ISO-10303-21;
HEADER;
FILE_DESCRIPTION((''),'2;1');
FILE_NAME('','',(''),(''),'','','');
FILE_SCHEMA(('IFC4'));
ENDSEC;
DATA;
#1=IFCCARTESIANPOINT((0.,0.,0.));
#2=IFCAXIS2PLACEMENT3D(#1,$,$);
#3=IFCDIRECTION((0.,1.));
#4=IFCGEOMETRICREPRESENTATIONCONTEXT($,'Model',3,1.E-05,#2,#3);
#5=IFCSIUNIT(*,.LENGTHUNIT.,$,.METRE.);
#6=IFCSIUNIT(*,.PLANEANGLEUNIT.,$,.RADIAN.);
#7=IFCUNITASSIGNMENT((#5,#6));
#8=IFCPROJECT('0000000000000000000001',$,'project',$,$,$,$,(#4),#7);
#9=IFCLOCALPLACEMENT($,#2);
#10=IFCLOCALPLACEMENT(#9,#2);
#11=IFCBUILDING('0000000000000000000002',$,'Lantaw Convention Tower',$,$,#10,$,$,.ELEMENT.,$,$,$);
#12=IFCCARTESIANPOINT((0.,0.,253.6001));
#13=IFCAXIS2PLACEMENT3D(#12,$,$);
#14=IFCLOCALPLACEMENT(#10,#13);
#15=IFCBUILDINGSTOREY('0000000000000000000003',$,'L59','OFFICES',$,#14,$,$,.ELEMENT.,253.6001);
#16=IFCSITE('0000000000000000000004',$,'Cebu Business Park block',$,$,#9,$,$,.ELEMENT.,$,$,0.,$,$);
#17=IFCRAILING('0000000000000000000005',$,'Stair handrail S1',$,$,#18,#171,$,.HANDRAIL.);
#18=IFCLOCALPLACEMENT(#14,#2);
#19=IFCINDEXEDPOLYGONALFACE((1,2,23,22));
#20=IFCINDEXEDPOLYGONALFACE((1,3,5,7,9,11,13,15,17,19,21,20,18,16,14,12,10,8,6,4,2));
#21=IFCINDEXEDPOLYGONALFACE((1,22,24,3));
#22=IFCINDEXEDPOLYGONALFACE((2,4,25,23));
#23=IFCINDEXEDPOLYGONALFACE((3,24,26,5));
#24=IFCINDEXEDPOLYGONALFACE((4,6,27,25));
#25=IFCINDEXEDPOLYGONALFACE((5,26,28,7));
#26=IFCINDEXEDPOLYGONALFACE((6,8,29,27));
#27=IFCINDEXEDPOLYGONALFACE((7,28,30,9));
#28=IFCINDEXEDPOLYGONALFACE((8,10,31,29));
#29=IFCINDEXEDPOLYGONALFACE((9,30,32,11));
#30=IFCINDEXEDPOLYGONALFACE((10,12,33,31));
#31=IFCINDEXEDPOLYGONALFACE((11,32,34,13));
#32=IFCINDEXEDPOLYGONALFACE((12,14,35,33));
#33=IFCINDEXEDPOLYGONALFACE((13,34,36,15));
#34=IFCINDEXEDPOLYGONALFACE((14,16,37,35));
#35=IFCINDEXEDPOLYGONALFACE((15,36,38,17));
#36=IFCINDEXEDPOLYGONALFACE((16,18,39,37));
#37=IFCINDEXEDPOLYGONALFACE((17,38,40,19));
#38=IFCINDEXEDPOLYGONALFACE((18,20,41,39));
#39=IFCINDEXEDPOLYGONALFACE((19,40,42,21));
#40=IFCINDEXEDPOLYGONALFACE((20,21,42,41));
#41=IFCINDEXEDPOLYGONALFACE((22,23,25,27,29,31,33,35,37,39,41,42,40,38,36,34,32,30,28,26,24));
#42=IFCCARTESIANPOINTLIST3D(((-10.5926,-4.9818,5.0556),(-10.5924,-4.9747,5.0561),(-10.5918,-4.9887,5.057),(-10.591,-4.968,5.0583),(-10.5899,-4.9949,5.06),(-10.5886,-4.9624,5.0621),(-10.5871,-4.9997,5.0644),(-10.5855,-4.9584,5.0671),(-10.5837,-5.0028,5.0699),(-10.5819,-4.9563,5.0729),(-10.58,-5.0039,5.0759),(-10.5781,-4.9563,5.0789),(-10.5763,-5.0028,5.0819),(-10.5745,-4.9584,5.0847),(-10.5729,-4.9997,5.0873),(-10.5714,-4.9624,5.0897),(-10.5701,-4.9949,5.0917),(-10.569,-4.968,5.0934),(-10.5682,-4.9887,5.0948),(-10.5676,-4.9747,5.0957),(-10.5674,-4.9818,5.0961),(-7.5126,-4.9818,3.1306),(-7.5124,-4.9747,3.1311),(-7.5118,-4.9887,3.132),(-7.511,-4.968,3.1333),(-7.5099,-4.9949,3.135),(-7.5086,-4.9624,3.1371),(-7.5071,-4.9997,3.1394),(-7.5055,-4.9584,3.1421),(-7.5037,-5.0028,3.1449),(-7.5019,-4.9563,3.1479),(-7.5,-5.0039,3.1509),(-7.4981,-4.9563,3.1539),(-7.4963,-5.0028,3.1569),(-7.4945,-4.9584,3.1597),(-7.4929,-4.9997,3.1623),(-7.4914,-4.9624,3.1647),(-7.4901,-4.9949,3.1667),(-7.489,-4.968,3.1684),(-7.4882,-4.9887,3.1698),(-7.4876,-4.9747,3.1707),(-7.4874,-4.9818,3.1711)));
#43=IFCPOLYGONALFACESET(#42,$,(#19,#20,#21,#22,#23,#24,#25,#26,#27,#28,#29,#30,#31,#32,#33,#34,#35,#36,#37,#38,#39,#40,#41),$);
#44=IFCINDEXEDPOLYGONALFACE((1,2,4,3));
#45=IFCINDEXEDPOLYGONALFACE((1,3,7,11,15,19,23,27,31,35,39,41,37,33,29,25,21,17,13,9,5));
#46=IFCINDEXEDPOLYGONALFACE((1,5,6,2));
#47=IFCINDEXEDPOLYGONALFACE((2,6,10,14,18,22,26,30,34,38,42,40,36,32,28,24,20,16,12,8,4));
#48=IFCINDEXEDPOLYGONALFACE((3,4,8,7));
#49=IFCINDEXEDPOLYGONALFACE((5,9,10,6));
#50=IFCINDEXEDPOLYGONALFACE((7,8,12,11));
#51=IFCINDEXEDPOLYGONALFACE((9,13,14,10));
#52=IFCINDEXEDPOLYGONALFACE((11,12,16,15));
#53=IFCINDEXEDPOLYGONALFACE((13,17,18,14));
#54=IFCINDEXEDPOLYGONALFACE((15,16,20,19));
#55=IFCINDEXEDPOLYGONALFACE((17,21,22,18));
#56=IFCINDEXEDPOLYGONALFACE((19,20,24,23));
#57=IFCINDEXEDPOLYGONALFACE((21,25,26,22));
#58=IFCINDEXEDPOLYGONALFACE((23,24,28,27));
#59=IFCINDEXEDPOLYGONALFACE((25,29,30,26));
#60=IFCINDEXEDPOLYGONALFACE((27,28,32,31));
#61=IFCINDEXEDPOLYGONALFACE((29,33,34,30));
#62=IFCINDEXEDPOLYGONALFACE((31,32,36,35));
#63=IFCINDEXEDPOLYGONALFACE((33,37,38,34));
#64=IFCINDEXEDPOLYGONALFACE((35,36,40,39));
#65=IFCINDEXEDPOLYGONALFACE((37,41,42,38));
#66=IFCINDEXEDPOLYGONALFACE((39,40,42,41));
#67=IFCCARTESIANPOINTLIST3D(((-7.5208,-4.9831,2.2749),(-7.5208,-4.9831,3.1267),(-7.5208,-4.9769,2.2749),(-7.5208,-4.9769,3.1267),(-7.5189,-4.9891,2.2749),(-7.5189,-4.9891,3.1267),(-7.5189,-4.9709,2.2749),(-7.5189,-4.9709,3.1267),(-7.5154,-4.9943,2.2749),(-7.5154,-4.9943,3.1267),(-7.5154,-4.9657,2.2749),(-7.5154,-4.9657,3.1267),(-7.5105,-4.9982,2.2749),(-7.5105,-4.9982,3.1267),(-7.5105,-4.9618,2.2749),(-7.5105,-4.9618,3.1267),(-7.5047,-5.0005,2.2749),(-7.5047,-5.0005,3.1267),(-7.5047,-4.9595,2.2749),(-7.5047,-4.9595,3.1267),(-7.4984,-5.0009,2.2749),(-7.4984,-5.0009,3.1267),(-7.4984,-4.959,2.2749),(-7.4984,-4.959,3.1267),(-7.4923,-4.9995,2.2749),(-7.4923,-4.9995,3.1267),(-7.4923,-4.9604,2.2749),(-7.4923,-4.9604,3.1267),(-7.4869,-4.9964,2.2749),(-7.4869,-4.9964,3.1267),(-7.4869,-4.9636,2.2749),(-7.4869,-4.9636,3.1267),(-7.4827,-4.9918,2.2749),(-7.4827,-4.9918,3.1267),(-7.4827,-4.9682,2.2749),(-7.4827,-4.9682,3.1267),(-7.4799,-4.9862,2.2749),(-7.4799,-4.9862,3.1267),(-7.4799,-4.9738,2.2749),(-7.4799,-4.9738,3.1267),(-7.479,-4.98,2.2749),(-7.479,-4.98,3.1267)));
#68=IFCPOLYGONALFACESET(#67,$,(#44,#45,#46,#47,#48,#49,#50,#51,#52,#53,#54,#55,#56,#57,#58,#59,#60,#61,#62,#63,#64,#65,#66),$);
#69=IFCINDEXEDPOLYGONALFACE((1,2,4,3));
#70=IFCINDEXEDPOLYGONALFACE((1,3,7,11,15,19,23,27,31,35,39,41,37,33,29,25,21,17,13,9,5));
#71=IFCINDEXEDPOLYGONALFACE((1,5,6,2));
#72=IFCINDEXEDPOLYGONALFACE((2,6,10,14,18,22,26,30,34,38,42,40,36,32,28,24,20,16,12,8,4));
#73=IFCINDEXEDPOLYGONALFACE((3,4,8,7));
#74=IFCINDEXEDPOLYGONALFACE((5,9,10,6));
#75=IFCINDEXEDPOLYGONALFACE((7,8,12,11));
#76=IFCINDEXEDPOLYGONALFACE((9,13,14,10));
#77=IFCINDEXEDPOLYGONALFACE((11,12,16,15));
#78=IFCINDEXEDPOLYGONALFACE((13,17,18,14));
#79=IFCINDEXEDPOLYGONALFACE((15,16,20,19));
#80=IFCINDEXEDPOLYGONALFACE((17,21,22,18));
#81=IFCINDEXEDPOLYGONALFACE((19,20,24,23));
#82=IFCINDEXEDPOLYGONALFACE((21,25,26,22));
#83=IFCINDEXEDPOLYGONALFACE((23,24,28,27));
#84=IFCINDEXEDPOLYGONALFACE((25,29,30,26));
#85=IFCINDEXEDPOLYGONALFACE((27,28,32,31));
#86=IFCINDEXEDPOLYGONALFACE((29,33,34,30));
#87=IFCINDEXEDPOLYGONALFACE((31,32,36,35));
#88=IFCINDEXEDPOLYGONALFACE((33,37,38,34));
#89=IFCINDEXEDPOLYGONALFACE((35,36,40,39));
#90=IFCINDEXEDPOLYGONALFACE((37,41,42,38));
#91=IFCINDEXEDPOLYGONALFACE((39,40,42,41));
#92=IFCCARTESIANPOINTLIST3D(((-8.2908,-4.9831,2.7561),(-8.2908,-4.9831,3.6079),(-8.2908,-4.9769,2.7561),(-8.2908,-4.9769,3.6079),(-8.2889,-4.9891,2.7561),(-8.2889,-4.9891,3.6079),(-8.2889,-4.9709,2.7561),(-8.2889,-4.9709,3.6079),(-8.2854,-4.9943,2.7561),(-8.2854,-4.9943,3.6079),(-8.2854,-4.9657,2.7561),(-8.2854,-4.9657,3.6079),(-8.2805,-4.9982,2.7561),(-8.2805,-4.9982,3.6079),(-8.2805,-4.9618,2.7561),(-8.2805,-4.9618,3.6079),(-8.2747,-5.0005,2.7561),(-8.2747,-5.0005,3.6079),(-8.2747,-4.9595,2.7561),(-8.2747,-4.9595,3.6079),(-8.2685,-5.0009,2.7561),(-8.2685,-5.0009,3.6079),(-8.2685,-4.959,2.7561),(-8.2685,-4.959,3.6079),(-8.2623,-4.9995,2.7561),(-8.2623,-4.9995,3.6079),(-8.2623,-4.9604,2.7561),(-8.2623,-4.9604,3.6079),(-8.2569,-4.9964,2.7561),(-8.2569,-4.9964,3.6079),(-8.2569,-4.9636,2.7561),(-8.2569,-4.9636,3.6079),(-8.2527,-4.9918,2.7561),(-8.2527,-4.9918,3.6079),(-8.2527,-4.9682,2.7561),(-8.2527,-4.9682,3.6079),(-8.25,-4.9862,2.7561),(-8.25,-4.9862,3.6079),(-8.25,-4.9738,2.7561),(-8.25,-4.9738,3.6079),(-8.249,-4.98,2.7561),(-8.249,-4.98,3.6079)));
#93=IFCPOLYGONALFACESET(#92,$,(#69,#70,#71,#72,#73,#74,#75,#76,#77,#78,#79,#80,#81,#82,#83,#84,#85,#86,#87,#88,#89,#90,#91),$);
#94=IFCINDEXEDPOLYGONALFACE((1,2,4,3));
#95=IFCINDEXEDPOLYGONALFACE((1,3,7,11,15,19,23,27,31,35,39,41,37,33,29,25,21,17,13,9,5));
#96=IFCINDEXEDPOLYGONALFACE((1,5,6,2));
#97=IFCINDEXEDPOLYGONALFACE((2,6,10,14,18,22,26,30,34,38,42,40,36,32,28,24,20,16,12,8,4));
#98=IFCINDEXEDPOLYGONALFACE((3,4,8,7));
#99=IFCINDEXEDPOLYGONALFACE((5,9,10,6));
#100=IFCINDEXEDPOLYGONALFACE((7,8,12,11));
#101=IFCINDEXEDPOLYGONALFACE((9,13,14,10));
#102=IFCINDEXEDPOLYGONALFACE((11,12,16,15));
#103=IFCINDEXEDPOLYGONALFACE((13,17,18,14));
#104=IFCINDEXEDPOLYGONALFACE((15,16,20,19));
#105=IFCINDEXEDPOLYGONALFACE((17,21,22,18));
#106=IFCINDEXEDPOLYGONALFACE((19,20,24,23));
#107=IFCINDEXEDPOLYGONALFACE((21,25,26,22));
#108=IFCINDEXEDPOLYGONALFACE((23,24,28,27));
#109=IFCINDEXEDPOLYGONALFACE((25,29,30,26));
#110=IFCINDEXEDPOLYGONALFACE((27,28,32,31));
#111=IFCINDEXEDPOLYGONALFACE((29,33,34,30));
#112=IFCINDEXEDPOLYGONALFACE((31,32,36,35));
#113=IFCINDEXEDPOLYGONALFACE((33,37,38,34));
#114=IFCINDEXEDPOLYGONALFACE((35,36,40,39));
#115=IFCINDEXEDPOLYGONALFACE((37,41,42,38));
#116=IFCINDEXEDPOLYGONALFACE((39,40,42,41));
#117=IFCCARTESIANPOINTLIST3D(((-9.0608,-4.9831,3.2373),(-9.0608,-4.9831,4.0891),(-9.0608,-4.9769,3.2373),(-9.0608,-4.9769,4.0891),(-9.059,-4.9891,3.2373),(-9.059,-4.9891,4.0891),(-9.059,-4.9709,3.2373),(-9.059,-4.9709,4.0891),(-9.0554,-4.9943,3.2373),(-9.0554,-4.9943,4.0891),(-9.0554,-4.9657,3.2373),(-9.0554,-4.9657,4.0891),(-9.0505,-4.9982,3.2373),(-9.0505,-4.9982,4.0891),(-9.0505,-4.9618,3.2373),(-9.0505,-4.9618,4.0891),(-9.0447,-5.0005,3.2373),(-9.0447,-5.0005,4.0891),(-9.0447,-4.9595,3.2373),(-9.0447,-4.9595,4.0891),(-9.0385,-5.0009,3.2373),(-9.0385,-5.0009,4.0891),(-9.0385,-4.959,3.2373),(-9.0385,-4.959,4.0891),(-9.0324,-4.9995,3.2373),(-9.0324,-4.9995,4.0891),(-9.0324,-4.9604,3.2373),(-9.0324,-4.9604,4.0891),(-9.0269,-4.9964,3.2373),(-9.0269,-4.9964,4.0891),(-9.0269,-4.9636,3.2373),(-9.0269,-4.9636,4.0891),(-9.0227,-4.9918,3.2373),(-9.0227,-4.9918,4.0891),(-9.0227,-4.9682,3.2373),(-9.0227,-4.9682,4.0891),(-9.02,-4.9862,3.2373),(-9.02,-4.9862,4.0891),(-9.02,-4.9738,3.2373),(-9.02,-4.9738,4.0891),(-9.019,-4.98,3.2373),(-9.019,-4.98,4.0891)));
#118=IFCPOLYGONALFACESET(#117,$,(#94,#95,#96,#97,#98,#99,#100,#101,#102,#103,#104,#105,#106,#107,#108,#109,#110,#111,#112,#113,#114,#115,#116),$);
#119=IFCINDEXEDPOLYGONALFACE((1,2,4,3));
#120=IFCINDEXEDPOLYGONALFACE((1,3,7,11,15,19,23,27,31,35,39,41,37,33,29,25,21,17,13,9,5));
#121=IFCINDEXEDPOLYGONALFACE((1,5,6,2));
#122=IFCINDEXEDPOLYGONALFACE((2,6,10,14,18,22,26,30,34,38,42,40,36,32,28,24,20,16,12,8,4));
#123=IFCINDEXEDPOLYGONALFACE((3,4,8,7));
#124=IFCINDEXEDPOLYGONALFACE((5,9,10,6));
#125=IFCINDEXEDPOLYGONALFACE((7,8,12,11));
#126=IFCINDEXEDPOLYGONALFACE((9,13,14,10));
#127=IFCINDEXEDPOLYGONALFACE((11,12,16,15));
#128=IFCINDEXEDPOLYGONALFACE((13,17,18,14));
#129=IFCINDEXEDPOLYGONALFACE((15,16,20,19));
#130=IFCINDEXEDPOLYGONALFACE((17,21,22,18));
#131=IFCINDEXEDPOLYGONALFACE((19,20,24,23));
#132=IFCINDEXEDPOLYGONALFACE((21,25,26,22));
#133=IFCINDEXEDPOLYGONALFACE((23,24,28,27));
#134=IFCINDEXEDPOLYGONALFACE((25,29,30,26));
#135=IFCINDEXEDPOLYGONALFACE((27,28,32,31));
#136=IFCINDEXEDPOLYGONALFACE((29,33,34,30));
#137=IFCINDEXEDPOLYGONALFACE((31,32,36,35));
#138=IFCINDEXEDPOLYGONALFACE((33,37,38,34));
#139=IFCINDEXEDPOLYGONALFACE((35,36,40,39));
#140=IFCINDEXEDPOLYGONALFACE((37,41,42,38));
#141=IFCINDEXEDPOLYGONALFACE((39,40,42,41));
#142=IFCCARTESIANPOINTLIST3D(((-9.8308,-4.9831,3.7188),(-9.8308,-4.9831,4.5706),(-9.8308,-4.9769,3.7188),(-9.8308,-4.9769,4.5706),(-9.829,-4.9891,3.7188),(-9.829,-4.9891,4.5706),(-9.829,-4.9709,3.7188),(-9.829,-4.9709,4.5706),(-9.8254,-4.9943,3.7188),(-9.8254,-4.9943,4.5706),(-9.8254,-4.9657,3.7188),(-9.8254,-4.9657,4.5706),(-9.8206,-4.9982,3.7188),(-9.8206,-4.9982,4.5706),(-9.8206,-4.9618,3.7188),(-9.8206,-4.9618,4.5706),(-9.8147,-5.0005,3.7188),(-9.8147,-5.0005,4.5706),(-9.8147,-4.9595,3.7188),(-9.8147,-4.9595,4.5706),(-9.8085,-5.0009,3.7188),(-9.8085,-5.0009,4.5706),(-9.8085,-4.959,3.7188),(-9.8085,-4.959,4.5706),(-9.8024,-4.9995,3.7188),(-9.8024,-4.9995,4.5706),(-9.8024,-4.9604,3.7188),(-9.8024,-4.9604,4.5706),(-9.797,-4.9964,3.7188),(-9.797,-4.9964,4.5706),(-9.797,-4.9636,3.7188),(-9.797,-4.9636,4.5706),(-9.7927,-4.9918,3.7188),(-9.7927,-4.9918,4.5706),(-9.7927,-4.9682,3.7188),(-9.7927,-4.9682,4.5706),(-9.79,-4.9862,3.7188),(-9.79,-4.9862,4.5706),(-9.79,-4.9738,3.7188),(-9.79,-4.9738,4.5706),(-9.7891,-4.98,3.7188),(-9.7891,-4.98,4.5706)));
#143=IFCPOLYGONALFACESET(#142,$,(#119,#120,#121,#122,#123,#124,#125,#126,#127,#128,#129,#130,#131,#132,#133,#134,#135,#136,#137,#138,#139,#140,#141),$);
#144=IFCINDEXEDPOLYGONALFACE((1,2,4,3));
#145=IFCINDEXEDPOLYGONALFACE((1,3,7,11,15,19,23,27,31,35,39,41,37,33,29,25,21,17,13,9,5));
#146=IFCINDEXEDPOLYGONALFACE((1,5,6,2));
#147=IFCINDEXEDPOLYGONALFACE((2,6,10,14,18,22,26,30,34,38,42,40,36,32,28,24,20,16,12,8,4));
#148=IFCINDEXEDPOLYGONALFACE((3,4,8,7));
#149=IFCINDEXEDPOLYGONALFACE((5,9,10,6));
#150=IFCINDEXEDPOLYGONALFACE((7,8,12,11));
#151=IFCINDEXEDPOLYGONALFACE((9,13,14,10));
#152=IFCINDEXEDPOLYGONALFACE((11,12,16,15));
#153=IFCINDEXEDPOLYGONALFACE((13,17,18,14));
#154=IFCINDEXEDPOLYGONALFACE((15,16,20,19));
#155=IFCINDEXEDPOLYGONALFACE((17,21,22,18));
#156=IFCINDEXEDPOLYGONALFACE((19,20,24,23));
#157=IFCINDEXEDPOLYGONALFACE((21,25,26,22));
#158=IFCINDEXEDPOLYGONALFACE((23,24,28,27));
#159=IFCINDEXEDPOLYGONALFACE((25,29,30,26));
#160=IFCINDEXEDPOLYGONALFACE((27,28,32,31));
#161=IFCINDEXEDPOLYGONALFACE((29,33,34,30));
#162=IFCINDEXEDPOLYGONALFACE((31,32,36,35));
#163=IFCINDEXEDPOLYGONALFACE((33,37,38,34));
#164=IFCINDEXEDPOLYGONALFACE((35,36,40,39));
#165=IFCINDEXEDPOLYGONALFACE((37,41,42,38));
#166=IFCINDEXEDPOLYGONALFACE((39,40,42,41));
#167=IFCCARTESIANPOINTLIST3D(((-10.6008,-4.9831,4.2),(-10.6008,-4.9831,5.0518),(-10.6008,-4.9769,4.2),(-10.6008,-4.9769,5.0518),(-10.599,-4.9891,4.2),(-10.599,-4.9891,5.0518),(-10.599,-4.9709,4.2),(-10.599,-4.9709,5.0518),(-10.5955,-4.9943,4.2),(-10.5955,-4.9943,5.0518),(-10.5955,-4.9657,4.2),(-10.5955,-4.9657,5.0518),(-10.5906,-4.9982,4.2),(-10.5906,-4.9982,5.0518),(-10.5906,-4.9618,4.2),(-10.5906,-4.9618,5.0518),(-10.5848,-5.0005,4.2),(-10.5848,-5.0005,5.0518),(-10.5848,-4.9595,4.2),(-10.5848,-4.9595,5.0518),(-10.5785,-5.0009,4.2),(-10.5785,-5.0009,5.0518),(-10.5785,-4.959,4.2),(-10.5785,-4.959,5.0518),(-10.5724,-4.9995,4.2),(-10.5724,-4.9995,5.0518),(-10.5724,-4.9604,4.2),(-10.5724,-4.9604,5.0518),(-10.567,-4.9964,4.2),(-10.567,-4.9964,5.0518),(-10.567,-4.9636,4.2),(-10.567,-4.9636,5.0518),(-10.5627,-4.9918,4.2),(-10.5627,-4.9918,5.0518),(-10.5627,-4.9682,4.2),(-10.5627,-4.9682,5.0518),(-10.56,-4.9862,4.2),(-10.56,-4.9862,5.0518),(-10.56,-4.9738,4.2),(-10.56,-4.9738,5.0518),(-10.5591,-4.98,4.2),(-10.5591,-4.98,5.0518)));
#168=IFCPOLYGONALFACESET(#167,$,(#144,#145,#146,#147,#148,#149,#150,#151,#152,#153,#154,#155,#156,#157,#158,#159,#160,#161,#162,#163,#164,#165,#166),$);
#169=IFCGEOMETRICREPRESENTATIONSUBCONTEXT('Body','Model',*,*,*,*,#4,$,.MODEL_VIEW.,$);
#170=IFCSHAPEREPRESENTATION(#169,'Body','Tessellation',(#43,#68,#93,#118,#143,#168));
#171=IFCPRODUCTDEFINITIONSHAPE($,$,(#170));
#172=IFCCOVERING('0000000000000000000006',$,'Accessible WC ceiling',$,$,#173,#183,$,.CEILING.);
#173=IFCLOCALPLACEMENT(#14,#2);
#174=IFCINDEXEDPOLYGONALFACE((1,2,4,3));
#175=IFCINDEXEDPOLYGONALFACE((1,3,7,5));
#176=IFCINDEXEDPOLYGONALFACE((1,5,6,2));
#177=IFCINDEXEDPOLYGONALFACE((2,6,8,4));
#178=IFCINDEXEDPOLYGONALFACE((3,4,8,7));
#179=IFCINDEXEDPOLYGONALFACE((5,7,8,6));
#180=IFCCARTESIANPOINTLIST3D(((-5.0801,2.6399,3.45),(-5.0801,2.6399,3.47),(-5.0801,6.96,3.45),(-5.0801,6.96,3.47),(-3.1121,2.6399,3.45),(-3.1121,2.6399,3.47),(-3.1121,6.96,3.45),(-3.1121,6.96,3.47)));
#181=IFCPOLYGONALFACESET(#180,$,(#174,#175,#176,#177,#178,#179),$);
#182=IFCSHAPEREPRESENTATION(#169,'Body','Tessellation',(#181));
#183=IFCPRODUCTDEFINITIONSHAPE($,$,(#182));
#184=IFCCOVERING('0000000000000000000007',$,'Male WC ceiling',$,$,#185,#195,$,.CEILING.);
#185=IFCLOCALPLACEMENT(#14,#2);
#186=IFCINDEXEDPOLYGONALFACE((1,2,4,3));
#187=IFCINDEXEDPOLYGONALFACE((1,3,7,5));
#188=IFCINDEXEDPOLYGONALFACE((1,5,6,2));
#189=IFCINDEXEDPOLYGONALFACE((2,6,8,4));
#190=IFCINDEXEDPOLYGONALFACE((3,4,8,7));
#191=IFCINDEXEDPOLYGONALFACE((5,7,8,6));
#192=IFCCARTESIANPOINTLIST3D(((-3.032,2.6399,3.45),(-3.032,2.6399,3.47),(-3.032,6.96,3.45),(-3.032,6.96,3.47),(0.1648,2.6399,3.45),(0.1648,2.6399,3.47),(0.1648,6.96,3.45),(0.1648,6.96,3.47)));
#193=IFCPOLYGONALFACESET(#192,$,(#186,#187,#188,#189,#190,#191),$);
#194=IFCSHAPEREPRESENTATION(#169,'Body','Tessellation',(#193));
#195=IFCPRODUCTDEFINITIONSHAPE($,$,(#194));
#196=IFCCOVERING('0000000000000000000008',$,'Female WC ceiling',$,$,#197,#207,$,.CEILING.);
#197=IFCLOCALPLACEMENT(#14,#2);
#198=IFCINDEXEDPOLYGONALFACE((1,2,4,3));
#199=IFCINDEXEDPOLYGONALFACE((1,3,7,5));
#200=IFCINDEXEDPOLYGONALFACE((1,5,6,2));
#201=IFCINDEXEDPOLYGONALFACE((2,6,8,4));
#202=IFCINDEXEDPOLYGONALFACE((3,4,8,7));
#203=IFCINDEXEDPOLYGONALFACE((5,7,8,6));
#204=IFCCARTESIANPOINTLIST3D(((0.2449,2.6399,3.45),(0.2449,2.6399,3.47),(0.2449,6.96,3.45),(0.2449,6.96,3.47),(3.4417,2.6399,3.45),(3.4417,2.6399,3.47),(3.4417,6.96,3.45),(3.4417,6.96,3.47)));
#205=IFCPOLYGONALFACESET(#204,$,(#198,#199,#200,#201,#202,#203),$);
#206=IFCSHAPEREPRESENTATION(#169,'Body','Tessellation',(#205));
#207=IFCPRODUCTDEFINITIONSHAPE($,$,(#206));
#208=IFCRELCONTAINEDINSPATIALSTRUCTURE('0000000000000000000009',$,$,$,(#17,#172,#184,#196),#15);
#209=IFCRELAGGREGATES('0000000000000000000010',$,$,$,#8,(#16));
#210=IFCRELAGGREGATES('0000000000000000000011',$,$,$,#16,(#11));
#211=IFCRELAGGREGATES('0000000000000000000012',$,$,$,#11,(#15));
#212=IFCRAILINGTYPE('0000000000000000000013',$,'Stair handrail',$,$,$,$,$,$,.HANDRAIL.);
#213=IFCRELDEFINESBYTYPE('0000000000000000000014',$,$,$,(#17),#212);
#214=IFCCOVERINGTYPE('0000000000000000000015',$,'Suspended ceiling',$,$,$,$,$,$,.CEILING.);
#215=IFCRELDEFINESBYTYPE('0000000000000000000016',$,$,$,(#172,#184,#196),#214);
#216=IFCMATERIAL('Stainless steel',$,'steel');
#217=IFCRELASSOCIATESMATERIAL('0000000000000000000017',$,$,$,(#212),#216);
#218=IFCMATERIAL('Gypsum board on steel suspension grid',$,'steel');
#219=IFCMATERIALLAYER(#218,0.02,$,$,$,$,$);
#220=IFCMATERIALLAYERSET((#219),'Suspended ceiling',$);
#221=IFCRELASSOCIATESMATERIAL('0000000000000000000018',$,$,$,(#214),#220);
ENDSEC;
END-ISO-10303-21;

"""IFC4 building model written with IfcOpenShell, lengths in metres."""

from ifc_helpers import new_model, si_unit, direction, frame, origin, origin_2d, place, context, subcontext, project, spatial, polyline, circle, outline, extrude, material, layer, layer_set, type_object, element, save


model = new_model("IFC4")

# Units and contexts
model_context = context("Model", 3, precision=1e-05, world=origin(), true_north=direction((0.0, 1.0)))
body_context = subcontext(model_context, "Body", "Model", "MODEL_VIEW")
ifc_project = project(units=[si_unit("LENGTHUNIT", "METRE"), si_unit("PLANEANGLEUNIT", "RADIAN")], contexts=[model_context])

# Site, building, storey
site_placement = place(None, origin())
site = spatial("IfcSite", under=ifc_project, at=site_placement, Name="Cebu Business Park block", CompositionType="ELEMENT", RefElevation=0.0)
building_placement = place(site_placement, origin())
building = spatial("IfcBuilding", under=site, at=building_placement, Name="Lantaw Convention Tower", CompositionType="ELEMENT")
storey_placement = place(building_placement, frame((0.0, 0.0, 253.6001)))
storey = spatial("IfcBuildingStorey", under=building, at=storey_placement, Name="L59", Description="OFFICES", CompositionType="ELEMENT", Elevation=253.6001)

# Shared definitions
ifc_material_1 = material(Name="Stainless steel", Category="steel")

# Railing
railing_type = type_object("IfcRailingType", Name="Stair handrail", PredefinedType="HANDRAIL", material=ifc_material_1)
railing_1_placement = place(storey_placement, frame((-7.5, -4.98, 2.2749)))
element("IfcRailing", 1, at=railing_1_placement, inside=storey, type_object=railing_type, Name="Stair handrail S1", PredefinedType="HANDRAIL", context=body_context, shape_type="SweptSolid", body=[
    extrude(circle(Radius=0.0239, at=origin_2d()), frame((0.0, 0.0, 0.876), z_axis=(-0.847998, 0.0, 0.529999), x_axis=(0.0, -1.0, 0.0)), (0.0, 0.0, 1.0), 3.6321),
    extrude(circle(Radius=0.021, at=origin_2d()), origin(), (0.0, 0.0, 1.0), 0.8518),
    extrude(circle(Radius=0.021, at=origin_2d()), frame((-0.77, 0.0, 0.4812)), (0.0, 0.0, 1.0), 0.8518),
    extrude(circle(Radius=0.021, at=origin_2d()), frame((-1.54, 0.0, 0.9624)), (0.0, 0.0, 1.0), 0.8518),
    extrude(circle(Radius=0.021, at=origin_2d()), frame((-2.3101, 0.0, 1.4438)), (0.0, 0.0, 1.0), 0.8518),
    extrude(circle(Radius=0.021, at=origin_2d()), frame((-3.0801, 0.0, 1.925)), (0.0, 0.0, 1.0), 0.8518),
])

# Coverings
ifc_material_2 = material(Name="Gypsum board on steel suspension grid", Category="steel")
ifc_layer_1 = layer(ifc_material_2, 0.02)
ifc_layer_set_1 = layer_set([ifc_layer_1], Name="Suspended ceiling")
covering_type = type_object("IfcCoveringType", Name="Suspended ceiling", PredefinedType="CEILING", material=ifc_layer_set_1)
covering_1_placement = place(storey_placement, frame((0.0, 0.0, 3.45)))
element("IfcCovering", 2, at=covering_1_placement, inside=storey, type_object=covering_type, Name="Accessible WC ceiling", PredefinedType="CEILING", context=body_context, shape_type="SweptSolid", body=[
    extrude(outline(polyline([(-5.0801, 2.6399), (-3.1121, 2.6399), (-3.1121, 6.96), (-5.0801, 6.96), (-5.0801, 2.6399)])), origin(), (0.0, 0.0, 1.0), 0.02),
])
covering_2_placement = place(storey_placement, frame((0.0, 0.0, 3.45)))
element("IfcCovering", 3, at=covering_2_placement, inside=storey, type_object=covering_type, Name="Male WC ceiling", PredefinedType="CEILING", context=body_context, shape_type="SweptSolid", body=[
    extrude(outline(polyline([(-3.032, 2.6399), (0.1648, 2.6399), (0.1648, 6.96), (-3.032, 6.96), (-3.032, 2.6399)])), origin(), (0.0, 0.0, 1.0), 0.02),
])
covering_3_placement = place(storey_placement, frame((0.0, 0.0, 3.45)))
element("IfcCovering", 4, at=covering_3_placement, inside=storey, type_object=covering_type, Name="Female WC ceiling", PredefinedType="CEILING", context=body_context, shape_type="SweptSolid", body=[
    extrude(outline(polyline([(0.2449, 2.6399), (3.4417, 2.6399), (3.4417, 6.96), (0.2449, 6.96), (0.2449, 2.6399)])), origin(), (0.0, 0.0, 1.0), 0.02),
])

save(model, "model.ifc")
